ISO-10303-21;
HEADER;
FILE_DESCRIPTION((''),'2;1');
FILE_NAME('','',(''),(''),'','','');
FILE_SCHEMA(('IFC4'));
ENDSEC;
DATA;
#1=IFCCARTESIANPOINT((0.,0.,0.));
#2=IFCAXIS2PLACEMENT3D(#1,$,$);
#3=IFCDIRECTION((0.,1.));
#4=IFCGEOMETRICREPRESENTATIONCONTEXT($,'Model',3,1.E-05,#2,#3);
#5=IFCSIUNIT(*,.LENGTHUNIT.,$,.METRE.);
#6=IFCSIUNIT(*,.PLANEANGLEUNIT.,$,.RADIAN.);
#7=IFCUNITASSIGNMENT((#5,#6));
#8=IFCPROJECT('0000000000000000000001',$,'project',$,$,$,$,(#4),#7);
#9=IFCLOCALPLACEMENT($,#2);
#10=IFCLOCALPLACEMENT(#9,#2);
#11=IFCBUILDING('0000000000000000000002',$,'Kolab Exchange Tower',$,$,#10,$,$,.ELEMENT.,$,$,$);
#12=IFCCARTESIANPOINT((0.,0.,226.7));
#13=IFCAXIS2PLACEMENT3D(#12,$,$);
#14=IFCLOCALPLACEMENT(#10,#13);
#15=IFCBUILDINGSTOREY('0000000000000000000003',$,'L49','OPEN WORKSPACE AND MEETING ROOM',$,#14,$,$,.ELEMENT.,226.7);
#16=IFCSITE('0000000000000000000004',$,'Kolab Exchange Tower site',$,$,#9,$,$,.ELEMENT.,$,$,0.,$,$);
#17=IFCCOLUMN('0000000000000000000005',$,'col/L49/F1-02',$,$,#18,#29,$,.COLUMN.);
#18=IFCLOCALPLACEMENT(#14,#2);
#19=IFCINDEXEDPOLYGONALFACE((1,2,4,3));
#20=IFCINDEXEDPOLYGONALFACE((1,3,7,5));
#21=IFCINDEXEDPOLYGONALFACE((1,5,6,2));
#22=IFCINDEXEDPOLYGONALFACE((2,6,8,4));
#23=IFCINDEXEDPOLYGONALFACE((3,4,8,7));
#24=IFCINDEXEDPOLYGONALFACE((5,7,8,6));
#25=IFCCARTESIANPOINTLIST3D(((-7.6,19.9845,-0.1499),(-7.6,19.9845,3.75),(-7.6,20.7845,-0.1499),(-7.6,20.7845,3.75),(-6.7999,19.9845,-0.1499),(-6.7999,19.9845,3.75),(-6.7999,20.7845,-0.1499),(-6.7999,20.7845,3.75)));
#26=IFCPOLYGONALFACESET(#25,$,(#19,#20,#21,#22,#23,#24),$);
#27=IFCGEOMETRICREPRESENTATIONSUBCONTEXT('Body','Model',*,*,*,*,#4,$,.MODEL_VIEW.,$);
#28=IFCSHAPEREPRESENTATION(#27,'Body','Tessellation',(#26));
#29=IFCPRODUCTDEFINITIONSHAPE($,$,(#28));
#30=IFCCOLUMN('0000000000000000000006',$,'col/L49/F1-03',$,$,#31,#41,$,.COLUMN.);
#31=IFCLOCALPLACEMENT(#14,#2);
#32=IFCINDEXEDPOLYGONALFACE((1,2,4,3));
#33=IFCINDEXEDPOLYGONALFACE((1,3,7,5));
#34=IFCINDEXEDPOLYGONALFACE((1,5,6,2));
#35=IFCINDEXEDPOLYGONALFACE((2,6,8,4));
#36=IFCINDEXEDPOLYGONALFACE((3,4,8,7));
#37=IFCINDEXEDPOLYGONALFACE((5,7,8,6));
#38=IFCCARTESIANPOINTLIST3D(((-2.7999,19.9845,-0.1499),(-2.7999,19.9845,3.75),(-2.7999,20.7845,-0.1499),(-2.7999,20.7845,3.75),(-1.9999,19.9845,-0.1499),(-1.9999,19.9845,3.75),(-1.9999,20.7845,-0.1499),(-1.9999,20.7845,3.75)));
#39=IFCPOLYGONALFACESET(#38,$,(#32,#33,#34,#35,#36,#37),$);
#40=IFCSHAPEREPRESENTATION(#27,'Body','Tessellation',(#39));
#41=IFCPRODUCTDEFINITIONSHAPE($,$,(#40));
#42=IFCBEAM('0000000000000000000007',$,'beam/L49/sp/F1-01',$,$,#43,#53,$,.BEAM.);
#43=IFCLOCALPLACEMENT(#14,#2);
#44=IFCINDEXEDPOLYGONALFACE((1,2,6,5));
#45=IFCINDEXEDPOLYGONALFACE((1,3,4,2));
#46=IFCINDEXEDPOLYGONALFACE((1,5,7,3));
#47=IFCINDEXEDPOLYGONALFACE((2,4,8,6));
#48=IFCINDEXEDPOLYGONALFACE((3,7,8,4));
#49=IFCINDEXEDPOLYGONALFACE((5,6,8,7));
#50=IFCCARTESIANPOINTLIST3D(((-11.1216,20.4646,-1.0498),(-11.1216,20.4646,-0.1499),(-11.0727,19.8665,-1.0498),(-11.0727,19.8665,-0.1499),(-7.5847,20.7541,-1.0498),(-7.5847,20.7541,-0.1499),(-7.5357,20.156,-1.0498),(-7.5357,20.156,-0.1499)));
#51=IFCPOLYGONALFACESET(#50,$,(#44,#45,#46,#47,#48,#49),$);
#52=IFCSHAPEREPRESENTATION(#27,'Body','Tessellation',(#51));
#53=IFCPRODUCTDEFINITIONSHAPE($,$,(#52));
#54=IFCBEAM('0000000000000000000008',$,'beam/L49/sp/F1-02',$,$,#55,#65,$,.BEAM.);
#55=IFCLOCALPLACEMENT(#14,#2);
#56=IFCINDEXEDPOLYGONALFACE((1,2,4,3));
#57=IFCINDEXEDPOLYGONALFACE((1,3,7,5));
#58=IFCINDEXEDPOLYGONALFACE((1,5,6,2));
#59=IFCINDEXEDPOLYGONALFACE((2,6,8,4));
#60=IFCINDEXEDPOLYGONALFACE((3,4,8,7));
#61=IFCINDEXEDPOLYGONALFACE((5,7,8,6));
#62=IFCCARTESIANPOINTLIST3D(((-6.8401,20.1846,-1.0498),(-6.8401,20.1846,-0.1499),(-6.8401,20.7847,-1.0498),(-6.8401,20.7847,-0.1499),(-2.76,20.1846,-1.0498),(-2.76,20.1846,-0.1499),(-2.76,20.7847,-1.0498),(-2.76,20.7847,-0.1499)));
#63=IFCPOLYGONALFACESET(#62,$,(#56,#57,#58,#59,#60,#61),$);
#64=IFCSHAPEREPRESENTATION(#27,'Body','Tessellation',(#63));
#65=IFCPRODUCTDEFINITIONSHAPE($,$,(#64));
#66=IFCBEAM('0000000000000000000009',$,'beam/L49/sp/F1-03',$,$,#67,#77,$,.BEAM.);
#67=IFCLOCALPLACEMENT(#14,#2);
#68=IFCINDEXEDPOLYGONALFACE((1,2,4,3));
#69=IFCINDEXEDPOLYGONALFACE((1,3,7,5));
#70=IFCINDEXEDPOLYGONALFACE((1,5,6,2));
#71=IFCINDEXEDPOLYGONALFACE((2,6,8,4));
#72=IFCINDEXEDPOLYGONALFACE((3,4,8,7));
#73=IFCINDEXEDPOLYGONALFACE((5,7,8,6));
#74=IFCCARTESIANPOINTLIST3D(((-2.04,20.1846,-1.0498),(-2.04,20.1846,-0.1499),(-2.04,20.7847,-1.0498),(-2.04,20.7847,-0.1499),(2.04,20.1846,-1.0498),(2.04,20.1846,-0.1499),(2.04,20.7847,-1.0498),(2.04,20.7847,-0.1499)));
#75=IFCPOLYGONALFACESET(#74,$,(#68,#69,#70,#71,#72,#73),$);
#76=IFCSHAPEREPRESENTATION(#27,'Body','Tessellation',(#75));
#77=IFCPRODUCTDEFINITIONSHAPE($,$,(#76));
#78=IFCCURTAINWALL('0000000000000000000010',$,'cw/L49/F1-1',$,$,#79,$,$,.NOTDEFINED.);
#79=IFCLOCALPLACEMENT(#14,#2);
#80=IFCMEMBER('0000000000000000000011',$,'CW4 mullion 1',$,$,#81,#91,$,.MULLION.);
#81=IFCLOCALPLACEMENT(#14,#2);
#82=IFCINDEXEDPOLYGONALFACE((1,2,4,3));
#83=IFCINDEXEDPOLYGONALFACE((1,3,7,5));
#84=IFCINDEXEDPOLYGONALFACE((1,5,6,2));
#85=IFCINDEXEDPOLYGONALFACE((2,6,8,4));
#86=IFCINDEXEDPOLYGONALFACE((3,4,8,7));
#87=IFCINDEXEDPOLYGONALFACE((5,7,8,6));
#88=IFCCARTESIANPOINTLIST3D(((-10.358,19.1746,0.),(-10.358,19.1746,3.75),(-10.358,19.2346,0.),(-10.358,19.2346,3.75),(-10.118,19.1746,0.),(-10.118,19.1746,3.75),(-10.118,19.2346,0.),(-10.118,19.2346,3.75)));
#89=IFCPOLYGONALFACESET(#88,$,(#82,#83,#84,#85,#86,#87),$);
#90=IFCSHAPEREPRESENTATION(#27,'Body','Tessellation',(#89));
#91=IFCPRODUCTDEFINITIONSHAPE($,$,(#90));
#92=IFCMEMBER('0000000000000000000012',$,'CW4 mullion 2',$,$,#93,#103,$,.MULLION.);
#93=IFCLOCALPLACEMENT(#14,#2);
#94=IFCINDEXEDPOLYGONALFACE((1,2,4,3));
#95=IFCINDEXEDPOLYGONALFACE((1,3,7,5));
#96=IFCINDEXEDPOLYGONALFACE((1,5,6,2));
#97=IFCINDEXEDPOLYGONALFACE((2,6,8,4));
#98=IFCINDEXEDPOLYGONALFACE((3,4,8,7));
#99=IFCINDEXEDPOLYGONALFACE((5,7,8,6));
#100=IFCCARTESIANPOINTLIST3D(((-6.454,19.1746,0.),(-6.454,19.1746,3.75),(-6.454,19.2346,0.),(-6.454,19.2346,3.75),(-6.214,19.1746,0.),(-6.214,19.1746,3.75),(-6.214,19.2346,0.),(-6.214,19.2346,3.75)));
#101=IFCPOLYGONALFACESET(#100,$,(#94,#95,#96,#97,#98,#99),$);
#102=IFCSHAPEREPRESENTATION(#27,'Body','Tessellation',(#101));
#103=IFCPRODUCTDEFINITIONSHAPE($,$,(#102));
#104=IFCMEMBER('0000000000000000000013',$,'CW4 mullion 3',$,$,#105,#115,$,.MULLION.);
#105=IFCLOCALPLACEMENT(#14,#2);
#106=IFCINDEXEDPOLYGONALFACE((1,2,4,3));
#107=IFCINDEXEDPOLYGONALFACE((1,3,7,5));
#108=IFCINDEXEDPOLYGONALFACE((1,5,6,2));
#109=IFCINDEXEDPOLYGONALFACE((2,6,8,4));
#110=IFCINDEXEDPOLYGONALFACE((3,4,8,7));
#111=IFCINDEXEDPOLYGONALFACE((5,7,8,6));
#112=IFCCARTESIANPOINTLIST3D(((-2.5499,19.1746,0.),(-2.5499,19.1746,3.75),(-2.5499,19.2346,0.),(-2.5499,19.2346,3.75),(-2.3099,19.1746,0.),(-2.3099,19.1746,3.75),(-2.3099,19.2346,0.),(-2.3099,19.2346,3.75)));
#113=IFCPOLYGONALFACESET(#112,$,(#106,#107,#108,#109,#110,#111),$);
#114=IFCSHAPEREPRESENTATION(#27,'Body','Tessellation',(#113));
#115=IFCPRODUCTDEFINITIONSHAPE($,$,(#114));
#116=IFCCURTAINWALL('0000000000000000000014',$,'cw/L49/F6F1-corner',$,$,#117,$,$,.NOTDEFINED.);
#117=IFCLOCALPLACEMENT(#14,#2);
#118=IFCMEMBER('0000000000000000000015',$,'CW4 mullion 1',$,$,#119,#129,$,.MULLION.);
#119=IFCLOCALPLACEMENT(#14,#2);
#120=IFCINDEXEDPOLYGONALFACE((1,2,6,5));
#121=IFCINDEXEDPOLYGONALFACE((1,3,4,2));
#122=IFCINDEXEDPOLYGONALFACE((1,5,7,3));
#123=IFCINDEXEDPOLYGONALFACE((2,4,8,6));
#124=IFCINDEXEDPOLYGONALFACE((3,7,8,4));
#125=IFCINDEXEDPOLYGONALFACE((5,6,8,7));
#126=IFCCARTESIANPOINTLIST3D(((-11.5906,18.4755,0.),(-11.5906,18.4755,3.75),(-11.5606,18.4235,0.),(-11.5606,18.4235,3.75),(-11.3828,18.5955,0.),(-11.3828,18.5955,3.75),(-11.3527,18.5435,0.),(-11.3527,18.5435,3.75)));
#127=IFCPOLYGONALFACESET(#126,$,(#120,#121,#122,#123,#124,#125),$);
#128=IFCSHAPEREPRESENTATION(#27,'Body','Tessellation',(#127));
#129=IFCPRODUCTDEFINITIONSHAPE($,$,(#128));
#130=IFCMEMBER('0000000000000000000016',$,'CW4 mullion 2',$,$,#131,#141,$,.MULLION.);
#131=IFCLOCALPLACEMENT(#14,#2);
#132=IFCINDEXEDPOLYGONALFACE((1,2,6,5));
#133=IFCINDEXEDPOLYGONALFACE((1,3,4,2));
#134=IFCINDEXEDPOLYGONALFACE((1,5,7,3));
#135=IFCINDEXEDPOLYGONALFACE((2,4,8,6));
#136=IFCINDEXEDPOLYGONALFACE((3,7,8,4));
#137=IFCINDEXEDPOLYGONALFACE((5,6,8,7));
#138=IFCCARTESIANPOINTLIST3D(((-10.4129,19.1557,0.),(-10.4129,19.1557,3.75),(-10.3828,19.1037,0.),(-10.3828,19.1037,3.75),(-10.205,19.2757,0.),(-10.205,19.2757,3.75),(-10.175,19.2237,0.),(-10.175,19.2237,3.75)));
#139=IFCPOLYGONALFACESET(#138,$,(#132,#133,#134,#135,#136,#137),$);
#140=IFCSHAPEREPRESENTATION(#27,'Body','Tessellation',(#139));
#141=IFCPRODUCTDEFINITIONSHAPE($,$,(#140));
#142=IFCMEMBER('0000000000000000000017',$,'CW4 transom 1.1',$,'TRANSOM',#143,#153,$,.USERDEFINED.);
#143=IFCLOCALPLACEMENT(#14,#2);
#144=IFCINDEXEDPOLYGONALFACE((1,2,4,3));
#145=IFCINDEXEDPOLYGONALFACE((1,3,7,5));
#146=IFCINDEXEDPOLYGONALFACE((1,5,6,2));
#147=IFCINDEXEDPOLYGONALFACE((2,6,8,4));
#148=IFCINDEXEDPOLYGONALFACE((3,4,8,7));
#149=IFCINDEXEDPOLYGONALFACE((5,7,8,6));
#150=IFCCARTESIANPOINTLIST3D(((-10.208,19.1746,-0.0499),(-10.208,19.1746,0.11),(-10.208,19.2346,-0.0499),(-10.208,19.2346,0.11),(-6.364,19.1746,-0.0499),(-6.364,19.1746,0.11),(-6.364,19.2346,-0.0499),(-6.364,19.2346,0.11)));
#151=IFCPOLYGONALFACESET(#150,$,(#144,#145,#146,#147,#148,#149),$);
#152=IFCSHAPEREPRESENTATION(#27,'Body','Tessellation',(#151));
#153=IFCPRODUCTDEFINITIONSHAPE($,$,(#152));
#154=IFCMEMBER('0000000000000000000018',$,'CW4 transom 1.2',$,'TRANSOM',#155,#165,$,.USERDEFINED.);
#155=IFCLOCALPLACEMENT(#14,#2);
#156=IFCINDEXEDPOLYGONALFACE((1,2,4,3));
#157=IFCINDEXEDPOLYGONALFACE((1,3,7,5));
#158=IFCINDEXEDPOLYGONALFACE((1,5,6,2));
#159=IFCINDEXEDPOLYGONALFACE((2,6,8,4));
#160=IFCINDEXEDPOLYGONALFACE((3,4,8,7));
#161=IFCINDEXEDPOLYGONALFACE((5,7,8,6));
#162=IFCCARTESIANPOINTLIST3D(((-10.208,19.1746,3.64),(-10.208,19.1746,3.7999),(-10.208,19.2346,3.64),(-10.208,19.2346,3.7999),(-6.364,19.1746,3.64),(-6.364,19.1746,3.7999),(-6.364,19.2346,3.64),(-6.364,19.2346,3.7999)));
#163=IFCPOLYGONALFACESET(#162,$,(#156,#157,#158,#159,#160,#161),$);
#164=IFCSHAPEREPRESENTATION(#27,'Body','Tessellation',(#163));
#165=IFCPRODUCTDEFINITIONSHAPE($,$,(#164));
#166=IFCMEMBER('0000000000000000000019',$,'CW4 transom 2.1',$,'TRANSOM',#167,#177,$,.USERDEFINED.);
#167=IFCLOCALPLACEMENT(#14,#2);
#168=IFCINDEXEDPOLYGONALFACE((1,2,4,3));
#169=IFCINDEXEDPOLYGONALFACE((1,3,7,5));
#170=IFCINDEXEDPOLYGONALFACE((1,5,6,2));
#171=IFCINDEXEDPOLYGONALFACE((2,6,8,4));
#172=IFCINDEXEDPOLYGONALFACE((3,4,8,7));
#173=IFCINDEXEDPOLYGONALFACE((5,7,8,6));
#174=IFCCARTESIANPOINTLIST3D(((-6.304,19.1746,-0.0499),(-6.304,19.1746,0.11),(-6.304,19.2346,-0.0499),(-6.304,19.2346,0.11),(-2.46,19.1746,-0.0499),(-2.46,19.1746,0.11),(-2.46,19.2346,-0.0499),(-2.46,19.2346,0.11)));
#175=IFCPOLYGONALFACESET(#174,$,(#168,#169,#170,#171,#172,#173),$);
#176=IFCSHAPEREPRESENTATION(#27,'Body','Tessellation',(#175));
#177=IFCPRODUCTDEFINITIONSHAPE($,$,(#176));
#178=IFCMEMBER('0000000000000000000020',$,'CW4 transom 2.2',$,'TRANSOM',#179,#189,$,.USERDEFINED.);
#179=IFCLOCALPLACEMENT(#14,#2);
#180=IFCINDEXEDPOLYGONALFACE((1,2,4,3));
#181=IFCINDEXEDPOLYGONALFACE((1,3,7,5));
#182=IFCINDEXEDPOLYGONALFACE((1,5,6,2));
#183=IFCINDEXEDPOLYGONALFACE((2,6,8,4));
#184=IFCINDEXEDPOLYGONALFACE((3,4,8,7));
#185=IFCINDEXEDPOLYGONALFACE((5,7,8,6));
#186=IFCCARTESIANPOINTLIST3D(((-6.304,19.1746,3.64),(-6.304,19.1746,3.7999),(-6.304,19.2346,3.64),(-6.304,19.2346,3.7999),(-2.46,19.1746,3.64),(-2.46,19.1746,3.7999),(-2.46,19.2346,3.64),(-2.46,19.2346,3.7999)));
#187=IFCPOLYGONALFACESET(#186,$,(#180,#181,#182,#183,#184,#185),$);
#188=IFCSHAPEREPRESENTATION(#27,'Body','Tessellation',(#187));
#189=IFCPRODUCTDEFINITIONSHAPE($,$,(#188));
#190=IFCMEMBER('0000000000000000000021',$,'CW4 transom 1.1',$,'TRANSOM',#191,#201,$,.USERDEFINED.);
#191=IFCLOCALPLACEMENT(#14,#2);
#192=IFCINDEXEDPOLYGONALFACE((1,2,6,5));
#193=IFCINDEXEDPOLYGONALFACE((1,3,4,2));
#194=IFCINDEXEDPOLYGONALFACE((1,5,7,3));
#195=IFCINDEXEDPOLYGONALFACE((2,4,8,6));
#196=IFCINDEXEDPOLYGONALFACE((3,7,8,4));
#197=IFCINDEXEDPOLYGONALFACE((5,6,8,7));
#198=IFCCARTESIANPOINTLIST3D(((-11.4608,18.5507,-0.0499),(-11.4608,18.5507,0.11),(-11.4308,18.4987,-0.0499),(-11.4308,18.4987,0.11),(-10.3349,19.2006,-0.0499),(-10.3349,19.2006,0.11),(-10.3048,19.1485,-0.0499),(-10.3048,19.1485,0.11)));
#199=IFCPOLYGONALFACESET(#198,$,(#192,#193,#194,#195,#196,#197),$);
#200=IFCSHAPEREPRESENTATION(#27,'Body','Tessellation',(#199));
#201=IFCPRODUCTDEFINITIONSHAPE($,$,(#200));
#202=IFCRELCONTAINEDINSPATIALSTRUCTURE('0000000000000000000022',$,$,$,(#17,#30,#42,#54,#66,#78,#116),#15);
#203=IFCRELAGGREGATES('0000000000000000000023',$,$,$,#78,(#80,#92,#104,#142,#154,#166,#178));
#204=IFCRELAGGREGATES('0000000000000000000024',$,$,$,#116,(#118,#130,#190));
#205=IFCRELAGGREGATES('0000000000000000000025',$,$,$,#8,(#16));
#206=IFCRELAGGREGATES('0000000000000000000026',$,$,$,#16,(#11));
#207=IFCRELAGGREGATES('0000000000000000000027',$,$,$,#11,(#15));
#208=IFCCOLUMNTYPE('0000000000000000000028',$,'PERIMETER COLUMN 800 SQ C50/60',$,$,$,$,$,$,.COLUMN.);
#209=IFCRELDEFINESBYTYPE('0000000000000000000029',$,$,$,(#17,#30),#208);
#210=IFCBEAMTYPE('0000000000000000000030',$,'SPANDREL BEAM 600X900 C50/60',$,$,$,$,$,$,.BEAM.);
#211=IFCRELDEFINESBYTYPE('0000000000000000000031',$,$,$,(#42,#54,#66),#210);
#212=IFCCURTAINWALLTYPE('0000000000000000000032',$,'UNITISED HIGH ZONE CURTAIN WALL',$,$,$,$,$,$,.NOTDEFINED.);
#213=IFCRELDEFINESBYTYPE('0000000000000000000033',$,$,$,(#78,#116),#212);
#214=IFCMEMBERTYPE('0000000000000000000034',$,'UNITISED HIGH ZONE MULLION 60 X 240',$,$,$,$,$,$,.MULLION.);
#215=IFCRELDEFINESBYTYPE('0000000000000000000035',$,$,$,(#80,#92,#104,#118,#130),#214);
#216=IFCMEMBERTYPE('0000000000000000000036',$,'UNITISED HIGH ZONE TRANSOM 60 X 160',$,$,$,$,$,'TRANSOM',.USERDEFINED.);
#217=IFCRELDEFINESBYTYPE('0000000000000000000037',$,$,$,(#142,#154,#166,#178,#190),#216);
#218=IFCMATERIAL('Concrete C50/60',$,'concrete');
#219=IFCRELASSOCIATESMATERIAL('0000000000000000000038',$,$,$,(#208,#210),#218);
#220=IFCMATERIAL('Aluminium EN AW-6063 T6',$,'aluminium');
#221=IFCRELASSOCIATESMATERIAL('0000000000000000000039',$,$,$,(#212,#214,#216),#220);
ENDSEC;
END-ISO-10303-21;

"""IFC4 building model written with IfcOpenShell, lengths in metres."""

from ifc_helpers import new_model, si_unit, direction, frame, origin, origin_2d, place, context, subcontext, project, spatial, rectangle, extrude, material, material_profile, profile_set, type_object, element, aggregate, save


model = new_model("IFC4")

# Units and contexts
model_context = context("Model", 3, precision=1e-05, world=origin(), true_north=direction((0.0, 1.0)))
body_context = subcontext(model_context, "Body", "Model", "MODEL_VIEW")
ifc_project = project(units=[si_unit("LENGTHUNIT", "METRE"), si_unit("PLANEANGLEUNIT", "RADIAN")], contexts=[model_context])

# Site, building, storey
site_placement = place(None, origin())
site = spatial("IfcSite", under=ifc_project, at=site_placement, Name="Kolab Exchange Tower site", CompositionType="ELEMENT", RefElevation=0.0)
building_placement = place(site_placement, origin())
building = spatial("IfcBuilding", under=site, at=building_placement, Name="Kolab Exchange Tower", CompositionType="ELEMENT")
storey_placement = place(building_placement, frame((0.0, 0.0, 226.7)))
storey = spatial("IfcBuildingStorey", under=building, at=storey_placement, Name="L49", Description="OPEN WORKSPACE AND MEETING ROOM", CompositionType="ELEMENT", Elevation=226.7)

# Columns
ifc_material_1 = material(Name="Concrete C50/60", Category="concrete")
ifc_material_profile_1 = material_profile(ifc_material_1, rectangle(XDim=0.8, YDim=0.8, at=origin_2d()), Name="RC800")
ifc_profile_set_1 = profile_set([ifc_material_profile_1], Name="Concrete C50/60")
column_type = type_object("IfcColumnType", Name="PERIMETER COLUMN 800 SQ C50/60", PredefinedType="COLUMN", material=ifc_profile_set_1)
for number, where, z_axis, x_axis, name in (
    (1, (-7.2, 20.3845, -0.1499), (0.0, 0.0, 1.0), (1.0, 0.0, 0.0), "col/L49/F1-02"),
    (2, (-2.3999, 20.3845, -0.1499), (0.0, 0.0, 1.0), (1.0, 0.0, 0.0), "col/L49/F1-03"),
):
    element("IfcColumn", number, at=place(storey_placement, frame(where, z_axis=z_axis, x_axis=x_axis)), inside=storey, type_object=column_type, Name=name, PredefinedType="COLUMN", context=body_context, shape_type="SweptSolid", body=[
        extrude(rectangle(XDim=0.8, YDim=0.8, at=origin_2d()), origin(), (0.0, 0.0, 1.0), 3.8999),
    ])

# Beams
ifc_material_profile_2 = material_profile(ifc_material_1, rectangle(XDim=0.6001, YDim=0.8999, at=origin_2d()), Name="RC600X900")
ifc_profile_set_2 = profile_set([ifc_material_profile_2], Name="Concrete C50/60")
beam_type = type_object("IfcBeamType", Name="SPANDREL BEAM 600X900 C50/60", PredefinedType="BEAM", material=ifc_profile_set_2)
beam_placement = place(storey_placement, frame((-11.0972, 20.1655, -0.5999), z_axis=(0.996666, 0.081588, 0.0), x_axis=(-0.081588, 0.996666, 0.0)))
element("IfcBeam", 3, at=beam_placement, inside=storey, type_object=beam_type, Name="beam/L49/sp/F1-01", PredefinedType="BEAM", context=body_context, shape_type="SweptSolid", body=[
    extrude(rectangle(XDim=0.6001, YDim=0.8999, at=origin_2d()), origin(), (0.0, 0.0, 1.0), 3.5488),
])
for number, where, z_axis, x_axis, name in (
    (4, (-6.8401, 20.4846, -0.5999), (1.0, 0.0, 0.0), (0.0, 1.0, 0.0), "beam/L49/sp/F1-02"),
    (5, (-2.04, 20.4846, -0.5999), (1.0, 0.0, 0.0), (0.0, 1.0, 0.0), "beam/L49/sp/F1-03"),
):
    element("IfcBeam", number, at=place(storey_placement, frame(where, z_axis=z_axis, x_axis=x_axis)), inside=storey, type_object=beam_type, Name=name, PredefinedType="BEAM", context=body_context, shape_type="SweptSolid", body=[
        extrude(rectangle(XDim=0.6001, YDim=0.8999, at=origin_2d()), origin(), (0.0, 0.0, 1.0), 4.0801),
    ])

# Curtain walls, members
ifc_material_2 = material(Name="Aluminium EN AW-6063 T6", Category="aluminium")
curtain_wall_type = type_object("IfcCurtainWallType", Name="UNITISED HIGH ZONE CURTAIN WALL", PredefinedType="NOTDEFINED", material=ifc_material_2)
curtain_wall_1_placement = place(storey_placement, origin())
curtain_wall_1 = element("IfcCurtainWall", 6, at=curtain_wall_1_placement, inside=storey, type_object=curtain_wall_type, Name="cw/L49/F1-1", PredefinedType="NOTDEFINED")
ifc_material_profile_3 = material_profile(ifc_material_2, rectangle(XDim=0.0601, YDim=0.24, at=origin_2d()), Name="RECT 60X240")
ifc_profile_set_3 = profile_set([ifc_material_profile_3], Name="Aluminium EN AW-6063 T6")
member_type_1 = type_object("IfcMemberType", Name="UNITISED HIGH ZONE MULLION 60 X 240", PredefinedType="MULLION", material=ifc_profile_set_3)
member_1_placement = place(storey_placement, frame((-10.238, 19.2046, 0.0), z_axis=(0.0, 0.0, 1.0), x_axis=(0.0, 1.0, 0.0)))
member_1 = element("IfcMember", 7, at=member_1_placement, type_object=member_type_1, Name="CW4 mullion 1", PredefinedType="MULLION", context=body_context, shape_type="SweptSolid", body=[
    extrude(rectangle(XDim=0.0601, YDim=0.24, at=origin_2d()), origin(), (0.0, 0.0, 1.0), 3.75),
])
member_2_placement = place(storey_placement, frame((-6.334, 19.2046, 0.0), z_axis=(0.0, 0.0, 1.0), x_axis=(0.0, 1.0, 0.0)))
member_2 = element("IfcMember", 8, at=member_2_placement, type_object=member_type_1, Name="CW4 mullion 2", PredefinedType="MULLION", context=body_context, shape_type="SweptSolid", body=[
    extrude(rectangle(XDim=0.0601, YDim=0.24, at=origin_2d()), origin(), (0.0, 0.0, 1.0), 3.75),
])
member_3_placement = place(storey_placement, frame((-2.4299, 19.2046, 0.0), z_axis=(0.0, 0.0, 1.0), x_axis=(0.0, 1.0, 0.0)))
member_3 = element("IfcMember", 9, at=member_3_placement, type_object=member_type_1, Name="CW4 mullion 3", PredefinedType="MULLION", context=body_context, shape_type="SweptSolid", body=[
    extrude(rectangle(XDim=0.0601, YDim=0.24, at=origin_2d()), origin(), (0.0, 0.0, 1.0), 3.75),
])
curtain_wall_2_placement = place(storey_placement, origin())
curtain_wall_2 = element("IfcCurtainWall", 10, at=curtain_wall_2_placement, inside=storey, type_object=curtain_wall_type, Name="cw/L49/F6F1-corner", PredefinedType="NOTDEFINED")
member_4_placement = place(storey_placement, frame((-11.4717, 18.5095, 0.0), z_axis=(0.0, 0.0, 1.0), x_axis=(-0.5, 0.866025, 0.0)))
member_4 = element("IfcMember", 11, at=member_4_placement, type_object=member_type_1, Name="CW4 mullion 1", PredefinedType="MULLION", context=body_context, shape_type="SweptSolid", body=[
    extrude(rectangle(XDim=0.0601, YDim=0.24, at=origin_2d()), origin(), (0.0, 0.0, 1.0), 3.75),
])
member_5_placement = place(storey_placement, frame((-10.2939, 19.1897, 0.0), z_axis=(0.0, 0.0, 1.0), x_axis=(-0.5, 0.866025, 0.0)))
member_5 = element("IfcMember", 12, at=member_5_placement, type_object=member_type_1, Name="CW4 mullion 2", PredefinedType="MULLION", context=body_context, shape_type="SweptSolid", body=[
    extrude(rectangle(XDim=0.0601, YDim=0.24, at=origin_2d()), origin(), (0.0, 0.0, 1.0), 3.75),
])

# Members
ifc_material_profile_4 = material_profile(ifc_material_2, rectangle(XDim=0.0601, YDim=0.1599, at=origin_2d()), Name="RECT 60X160")
ifc_profile_set_4 = profile_set([ifc_material_profile_4], Name="Aluminium EN AW-6063 T6")
member_type_2 = type_object("IfcMemberType", Name="UNITISED HIGH ZONE TRANSOM 60 X 160", ElementType="TRANSOM", PredefinedType="USERDEFINED", material=ifc_profile_set_4)
member_6_placement = place(storey_placement, frame((-10.208, 19.2046, 0.03), z_axis=(1.0, 0.0, 0.0), x_axis=(0.0, 1.0, 0.0)))
member_6 = element("IfcMember", 13, at=member_6_placement, type_object=member_type_2, Name="CW4 transom 1.1", ObjectType="TRANSOM", PredefinedType="USERDEFINED", context=body_context, shape_type="SweptSolid", body=[
    extrude(rectangle(XDim=0.0601, YDim=0.1599, at=origin_2d()), origin(), (0.0, 0.0, 1.0), 3.844),
])
member_7_placement = place(storey_placement, frame((-10.208, 19.2046, 3.72), z_axis=(1.0, 0.0, 0.0), x_axis=(0.0, 1.0, 0.0)))
member_7 = element("IfcMember", 14, at=member_7_placement, type_object=member_type_2, Name="CW4 transom 1.2", ObjectType="TRANSOM", PredefinedType="USERDEFINED", context=body_context, shape_type="SweptSolid", body=[
    extrude(rectangle(XDim=0.0601, YDim=0.1599, at=origin_2d()), origin(), (0.0, 0.0, 1.0), 3.844),
])
member_8_placement = place(storey_placement, frame((-6.304, 19.2046, 0.03), z_axis=(1.0, 0.0, 0.0), x_axis=(0.0, 1.0, 0.0)))
member_8 = element("IfcMember", 15, at=member_8_placement, type_object=member_type_2, Name="CW4 transom 2.1", ObjectType="TRANSOM", PredefinedType="USERDEFINED", context=body_context, shape_type="SweptSolid", body=[
    extrude(rectangle(XDim=0.0601, YDim=0.1599, at=origin_2d()), origin(), (0.0, 0.0, 1.0), 3.844),
])
member_9_placement = place(storey_placement, frame((-6.304, 19.2046, 3.72), z_axis=(1.0, 0.0, 0.0), x_axis=(0.0, 1.0, 0.0)))
member_9 = element("IfcMember", 16, at=member_9_placement, type_object=member_type_2, Name="CW4 transom 2.2", ObjectType="TRANSOM", PredefinedType="USERDEFINED", context=body_context, shape_type="SweptSolid", body=[
    extrude(rectangle(XDim=0.0601, YDim=0.1599, at=origin_2d()), origin(), (0.0, 0.0, 1.0), 3.844),
])
member_10_placement = place(storey_placement, frame((-11.4458, 18.5247, 0.03), z_axis=(0.866086, 0.499896, 0.0), x_axis=(-0.499896, 0.866086, 0.0)))
member_10 = element("IfcMember", 17, at=member_10_placement, type_object=member_type_2, Name="CW4 transom 1.1", ObjectType="TRANSOM", PredefinedType="USERDEFINED", context=body_context, shape_type="SweptSolid", body=[
    extrude(rectangle(XDim=0.0601, YDim=0.1599, at=origin_2d()), origin(), (0.0, 0.0, 1.0), 1.3),
])

aggregate(curtain_wall_1, [member_1, member_2, member_3, member_6, member_7, member_8, member_9])
aggregate(curtain_wall_2, [member_4, member_5, member_10])

save(model, "model.ifc")
